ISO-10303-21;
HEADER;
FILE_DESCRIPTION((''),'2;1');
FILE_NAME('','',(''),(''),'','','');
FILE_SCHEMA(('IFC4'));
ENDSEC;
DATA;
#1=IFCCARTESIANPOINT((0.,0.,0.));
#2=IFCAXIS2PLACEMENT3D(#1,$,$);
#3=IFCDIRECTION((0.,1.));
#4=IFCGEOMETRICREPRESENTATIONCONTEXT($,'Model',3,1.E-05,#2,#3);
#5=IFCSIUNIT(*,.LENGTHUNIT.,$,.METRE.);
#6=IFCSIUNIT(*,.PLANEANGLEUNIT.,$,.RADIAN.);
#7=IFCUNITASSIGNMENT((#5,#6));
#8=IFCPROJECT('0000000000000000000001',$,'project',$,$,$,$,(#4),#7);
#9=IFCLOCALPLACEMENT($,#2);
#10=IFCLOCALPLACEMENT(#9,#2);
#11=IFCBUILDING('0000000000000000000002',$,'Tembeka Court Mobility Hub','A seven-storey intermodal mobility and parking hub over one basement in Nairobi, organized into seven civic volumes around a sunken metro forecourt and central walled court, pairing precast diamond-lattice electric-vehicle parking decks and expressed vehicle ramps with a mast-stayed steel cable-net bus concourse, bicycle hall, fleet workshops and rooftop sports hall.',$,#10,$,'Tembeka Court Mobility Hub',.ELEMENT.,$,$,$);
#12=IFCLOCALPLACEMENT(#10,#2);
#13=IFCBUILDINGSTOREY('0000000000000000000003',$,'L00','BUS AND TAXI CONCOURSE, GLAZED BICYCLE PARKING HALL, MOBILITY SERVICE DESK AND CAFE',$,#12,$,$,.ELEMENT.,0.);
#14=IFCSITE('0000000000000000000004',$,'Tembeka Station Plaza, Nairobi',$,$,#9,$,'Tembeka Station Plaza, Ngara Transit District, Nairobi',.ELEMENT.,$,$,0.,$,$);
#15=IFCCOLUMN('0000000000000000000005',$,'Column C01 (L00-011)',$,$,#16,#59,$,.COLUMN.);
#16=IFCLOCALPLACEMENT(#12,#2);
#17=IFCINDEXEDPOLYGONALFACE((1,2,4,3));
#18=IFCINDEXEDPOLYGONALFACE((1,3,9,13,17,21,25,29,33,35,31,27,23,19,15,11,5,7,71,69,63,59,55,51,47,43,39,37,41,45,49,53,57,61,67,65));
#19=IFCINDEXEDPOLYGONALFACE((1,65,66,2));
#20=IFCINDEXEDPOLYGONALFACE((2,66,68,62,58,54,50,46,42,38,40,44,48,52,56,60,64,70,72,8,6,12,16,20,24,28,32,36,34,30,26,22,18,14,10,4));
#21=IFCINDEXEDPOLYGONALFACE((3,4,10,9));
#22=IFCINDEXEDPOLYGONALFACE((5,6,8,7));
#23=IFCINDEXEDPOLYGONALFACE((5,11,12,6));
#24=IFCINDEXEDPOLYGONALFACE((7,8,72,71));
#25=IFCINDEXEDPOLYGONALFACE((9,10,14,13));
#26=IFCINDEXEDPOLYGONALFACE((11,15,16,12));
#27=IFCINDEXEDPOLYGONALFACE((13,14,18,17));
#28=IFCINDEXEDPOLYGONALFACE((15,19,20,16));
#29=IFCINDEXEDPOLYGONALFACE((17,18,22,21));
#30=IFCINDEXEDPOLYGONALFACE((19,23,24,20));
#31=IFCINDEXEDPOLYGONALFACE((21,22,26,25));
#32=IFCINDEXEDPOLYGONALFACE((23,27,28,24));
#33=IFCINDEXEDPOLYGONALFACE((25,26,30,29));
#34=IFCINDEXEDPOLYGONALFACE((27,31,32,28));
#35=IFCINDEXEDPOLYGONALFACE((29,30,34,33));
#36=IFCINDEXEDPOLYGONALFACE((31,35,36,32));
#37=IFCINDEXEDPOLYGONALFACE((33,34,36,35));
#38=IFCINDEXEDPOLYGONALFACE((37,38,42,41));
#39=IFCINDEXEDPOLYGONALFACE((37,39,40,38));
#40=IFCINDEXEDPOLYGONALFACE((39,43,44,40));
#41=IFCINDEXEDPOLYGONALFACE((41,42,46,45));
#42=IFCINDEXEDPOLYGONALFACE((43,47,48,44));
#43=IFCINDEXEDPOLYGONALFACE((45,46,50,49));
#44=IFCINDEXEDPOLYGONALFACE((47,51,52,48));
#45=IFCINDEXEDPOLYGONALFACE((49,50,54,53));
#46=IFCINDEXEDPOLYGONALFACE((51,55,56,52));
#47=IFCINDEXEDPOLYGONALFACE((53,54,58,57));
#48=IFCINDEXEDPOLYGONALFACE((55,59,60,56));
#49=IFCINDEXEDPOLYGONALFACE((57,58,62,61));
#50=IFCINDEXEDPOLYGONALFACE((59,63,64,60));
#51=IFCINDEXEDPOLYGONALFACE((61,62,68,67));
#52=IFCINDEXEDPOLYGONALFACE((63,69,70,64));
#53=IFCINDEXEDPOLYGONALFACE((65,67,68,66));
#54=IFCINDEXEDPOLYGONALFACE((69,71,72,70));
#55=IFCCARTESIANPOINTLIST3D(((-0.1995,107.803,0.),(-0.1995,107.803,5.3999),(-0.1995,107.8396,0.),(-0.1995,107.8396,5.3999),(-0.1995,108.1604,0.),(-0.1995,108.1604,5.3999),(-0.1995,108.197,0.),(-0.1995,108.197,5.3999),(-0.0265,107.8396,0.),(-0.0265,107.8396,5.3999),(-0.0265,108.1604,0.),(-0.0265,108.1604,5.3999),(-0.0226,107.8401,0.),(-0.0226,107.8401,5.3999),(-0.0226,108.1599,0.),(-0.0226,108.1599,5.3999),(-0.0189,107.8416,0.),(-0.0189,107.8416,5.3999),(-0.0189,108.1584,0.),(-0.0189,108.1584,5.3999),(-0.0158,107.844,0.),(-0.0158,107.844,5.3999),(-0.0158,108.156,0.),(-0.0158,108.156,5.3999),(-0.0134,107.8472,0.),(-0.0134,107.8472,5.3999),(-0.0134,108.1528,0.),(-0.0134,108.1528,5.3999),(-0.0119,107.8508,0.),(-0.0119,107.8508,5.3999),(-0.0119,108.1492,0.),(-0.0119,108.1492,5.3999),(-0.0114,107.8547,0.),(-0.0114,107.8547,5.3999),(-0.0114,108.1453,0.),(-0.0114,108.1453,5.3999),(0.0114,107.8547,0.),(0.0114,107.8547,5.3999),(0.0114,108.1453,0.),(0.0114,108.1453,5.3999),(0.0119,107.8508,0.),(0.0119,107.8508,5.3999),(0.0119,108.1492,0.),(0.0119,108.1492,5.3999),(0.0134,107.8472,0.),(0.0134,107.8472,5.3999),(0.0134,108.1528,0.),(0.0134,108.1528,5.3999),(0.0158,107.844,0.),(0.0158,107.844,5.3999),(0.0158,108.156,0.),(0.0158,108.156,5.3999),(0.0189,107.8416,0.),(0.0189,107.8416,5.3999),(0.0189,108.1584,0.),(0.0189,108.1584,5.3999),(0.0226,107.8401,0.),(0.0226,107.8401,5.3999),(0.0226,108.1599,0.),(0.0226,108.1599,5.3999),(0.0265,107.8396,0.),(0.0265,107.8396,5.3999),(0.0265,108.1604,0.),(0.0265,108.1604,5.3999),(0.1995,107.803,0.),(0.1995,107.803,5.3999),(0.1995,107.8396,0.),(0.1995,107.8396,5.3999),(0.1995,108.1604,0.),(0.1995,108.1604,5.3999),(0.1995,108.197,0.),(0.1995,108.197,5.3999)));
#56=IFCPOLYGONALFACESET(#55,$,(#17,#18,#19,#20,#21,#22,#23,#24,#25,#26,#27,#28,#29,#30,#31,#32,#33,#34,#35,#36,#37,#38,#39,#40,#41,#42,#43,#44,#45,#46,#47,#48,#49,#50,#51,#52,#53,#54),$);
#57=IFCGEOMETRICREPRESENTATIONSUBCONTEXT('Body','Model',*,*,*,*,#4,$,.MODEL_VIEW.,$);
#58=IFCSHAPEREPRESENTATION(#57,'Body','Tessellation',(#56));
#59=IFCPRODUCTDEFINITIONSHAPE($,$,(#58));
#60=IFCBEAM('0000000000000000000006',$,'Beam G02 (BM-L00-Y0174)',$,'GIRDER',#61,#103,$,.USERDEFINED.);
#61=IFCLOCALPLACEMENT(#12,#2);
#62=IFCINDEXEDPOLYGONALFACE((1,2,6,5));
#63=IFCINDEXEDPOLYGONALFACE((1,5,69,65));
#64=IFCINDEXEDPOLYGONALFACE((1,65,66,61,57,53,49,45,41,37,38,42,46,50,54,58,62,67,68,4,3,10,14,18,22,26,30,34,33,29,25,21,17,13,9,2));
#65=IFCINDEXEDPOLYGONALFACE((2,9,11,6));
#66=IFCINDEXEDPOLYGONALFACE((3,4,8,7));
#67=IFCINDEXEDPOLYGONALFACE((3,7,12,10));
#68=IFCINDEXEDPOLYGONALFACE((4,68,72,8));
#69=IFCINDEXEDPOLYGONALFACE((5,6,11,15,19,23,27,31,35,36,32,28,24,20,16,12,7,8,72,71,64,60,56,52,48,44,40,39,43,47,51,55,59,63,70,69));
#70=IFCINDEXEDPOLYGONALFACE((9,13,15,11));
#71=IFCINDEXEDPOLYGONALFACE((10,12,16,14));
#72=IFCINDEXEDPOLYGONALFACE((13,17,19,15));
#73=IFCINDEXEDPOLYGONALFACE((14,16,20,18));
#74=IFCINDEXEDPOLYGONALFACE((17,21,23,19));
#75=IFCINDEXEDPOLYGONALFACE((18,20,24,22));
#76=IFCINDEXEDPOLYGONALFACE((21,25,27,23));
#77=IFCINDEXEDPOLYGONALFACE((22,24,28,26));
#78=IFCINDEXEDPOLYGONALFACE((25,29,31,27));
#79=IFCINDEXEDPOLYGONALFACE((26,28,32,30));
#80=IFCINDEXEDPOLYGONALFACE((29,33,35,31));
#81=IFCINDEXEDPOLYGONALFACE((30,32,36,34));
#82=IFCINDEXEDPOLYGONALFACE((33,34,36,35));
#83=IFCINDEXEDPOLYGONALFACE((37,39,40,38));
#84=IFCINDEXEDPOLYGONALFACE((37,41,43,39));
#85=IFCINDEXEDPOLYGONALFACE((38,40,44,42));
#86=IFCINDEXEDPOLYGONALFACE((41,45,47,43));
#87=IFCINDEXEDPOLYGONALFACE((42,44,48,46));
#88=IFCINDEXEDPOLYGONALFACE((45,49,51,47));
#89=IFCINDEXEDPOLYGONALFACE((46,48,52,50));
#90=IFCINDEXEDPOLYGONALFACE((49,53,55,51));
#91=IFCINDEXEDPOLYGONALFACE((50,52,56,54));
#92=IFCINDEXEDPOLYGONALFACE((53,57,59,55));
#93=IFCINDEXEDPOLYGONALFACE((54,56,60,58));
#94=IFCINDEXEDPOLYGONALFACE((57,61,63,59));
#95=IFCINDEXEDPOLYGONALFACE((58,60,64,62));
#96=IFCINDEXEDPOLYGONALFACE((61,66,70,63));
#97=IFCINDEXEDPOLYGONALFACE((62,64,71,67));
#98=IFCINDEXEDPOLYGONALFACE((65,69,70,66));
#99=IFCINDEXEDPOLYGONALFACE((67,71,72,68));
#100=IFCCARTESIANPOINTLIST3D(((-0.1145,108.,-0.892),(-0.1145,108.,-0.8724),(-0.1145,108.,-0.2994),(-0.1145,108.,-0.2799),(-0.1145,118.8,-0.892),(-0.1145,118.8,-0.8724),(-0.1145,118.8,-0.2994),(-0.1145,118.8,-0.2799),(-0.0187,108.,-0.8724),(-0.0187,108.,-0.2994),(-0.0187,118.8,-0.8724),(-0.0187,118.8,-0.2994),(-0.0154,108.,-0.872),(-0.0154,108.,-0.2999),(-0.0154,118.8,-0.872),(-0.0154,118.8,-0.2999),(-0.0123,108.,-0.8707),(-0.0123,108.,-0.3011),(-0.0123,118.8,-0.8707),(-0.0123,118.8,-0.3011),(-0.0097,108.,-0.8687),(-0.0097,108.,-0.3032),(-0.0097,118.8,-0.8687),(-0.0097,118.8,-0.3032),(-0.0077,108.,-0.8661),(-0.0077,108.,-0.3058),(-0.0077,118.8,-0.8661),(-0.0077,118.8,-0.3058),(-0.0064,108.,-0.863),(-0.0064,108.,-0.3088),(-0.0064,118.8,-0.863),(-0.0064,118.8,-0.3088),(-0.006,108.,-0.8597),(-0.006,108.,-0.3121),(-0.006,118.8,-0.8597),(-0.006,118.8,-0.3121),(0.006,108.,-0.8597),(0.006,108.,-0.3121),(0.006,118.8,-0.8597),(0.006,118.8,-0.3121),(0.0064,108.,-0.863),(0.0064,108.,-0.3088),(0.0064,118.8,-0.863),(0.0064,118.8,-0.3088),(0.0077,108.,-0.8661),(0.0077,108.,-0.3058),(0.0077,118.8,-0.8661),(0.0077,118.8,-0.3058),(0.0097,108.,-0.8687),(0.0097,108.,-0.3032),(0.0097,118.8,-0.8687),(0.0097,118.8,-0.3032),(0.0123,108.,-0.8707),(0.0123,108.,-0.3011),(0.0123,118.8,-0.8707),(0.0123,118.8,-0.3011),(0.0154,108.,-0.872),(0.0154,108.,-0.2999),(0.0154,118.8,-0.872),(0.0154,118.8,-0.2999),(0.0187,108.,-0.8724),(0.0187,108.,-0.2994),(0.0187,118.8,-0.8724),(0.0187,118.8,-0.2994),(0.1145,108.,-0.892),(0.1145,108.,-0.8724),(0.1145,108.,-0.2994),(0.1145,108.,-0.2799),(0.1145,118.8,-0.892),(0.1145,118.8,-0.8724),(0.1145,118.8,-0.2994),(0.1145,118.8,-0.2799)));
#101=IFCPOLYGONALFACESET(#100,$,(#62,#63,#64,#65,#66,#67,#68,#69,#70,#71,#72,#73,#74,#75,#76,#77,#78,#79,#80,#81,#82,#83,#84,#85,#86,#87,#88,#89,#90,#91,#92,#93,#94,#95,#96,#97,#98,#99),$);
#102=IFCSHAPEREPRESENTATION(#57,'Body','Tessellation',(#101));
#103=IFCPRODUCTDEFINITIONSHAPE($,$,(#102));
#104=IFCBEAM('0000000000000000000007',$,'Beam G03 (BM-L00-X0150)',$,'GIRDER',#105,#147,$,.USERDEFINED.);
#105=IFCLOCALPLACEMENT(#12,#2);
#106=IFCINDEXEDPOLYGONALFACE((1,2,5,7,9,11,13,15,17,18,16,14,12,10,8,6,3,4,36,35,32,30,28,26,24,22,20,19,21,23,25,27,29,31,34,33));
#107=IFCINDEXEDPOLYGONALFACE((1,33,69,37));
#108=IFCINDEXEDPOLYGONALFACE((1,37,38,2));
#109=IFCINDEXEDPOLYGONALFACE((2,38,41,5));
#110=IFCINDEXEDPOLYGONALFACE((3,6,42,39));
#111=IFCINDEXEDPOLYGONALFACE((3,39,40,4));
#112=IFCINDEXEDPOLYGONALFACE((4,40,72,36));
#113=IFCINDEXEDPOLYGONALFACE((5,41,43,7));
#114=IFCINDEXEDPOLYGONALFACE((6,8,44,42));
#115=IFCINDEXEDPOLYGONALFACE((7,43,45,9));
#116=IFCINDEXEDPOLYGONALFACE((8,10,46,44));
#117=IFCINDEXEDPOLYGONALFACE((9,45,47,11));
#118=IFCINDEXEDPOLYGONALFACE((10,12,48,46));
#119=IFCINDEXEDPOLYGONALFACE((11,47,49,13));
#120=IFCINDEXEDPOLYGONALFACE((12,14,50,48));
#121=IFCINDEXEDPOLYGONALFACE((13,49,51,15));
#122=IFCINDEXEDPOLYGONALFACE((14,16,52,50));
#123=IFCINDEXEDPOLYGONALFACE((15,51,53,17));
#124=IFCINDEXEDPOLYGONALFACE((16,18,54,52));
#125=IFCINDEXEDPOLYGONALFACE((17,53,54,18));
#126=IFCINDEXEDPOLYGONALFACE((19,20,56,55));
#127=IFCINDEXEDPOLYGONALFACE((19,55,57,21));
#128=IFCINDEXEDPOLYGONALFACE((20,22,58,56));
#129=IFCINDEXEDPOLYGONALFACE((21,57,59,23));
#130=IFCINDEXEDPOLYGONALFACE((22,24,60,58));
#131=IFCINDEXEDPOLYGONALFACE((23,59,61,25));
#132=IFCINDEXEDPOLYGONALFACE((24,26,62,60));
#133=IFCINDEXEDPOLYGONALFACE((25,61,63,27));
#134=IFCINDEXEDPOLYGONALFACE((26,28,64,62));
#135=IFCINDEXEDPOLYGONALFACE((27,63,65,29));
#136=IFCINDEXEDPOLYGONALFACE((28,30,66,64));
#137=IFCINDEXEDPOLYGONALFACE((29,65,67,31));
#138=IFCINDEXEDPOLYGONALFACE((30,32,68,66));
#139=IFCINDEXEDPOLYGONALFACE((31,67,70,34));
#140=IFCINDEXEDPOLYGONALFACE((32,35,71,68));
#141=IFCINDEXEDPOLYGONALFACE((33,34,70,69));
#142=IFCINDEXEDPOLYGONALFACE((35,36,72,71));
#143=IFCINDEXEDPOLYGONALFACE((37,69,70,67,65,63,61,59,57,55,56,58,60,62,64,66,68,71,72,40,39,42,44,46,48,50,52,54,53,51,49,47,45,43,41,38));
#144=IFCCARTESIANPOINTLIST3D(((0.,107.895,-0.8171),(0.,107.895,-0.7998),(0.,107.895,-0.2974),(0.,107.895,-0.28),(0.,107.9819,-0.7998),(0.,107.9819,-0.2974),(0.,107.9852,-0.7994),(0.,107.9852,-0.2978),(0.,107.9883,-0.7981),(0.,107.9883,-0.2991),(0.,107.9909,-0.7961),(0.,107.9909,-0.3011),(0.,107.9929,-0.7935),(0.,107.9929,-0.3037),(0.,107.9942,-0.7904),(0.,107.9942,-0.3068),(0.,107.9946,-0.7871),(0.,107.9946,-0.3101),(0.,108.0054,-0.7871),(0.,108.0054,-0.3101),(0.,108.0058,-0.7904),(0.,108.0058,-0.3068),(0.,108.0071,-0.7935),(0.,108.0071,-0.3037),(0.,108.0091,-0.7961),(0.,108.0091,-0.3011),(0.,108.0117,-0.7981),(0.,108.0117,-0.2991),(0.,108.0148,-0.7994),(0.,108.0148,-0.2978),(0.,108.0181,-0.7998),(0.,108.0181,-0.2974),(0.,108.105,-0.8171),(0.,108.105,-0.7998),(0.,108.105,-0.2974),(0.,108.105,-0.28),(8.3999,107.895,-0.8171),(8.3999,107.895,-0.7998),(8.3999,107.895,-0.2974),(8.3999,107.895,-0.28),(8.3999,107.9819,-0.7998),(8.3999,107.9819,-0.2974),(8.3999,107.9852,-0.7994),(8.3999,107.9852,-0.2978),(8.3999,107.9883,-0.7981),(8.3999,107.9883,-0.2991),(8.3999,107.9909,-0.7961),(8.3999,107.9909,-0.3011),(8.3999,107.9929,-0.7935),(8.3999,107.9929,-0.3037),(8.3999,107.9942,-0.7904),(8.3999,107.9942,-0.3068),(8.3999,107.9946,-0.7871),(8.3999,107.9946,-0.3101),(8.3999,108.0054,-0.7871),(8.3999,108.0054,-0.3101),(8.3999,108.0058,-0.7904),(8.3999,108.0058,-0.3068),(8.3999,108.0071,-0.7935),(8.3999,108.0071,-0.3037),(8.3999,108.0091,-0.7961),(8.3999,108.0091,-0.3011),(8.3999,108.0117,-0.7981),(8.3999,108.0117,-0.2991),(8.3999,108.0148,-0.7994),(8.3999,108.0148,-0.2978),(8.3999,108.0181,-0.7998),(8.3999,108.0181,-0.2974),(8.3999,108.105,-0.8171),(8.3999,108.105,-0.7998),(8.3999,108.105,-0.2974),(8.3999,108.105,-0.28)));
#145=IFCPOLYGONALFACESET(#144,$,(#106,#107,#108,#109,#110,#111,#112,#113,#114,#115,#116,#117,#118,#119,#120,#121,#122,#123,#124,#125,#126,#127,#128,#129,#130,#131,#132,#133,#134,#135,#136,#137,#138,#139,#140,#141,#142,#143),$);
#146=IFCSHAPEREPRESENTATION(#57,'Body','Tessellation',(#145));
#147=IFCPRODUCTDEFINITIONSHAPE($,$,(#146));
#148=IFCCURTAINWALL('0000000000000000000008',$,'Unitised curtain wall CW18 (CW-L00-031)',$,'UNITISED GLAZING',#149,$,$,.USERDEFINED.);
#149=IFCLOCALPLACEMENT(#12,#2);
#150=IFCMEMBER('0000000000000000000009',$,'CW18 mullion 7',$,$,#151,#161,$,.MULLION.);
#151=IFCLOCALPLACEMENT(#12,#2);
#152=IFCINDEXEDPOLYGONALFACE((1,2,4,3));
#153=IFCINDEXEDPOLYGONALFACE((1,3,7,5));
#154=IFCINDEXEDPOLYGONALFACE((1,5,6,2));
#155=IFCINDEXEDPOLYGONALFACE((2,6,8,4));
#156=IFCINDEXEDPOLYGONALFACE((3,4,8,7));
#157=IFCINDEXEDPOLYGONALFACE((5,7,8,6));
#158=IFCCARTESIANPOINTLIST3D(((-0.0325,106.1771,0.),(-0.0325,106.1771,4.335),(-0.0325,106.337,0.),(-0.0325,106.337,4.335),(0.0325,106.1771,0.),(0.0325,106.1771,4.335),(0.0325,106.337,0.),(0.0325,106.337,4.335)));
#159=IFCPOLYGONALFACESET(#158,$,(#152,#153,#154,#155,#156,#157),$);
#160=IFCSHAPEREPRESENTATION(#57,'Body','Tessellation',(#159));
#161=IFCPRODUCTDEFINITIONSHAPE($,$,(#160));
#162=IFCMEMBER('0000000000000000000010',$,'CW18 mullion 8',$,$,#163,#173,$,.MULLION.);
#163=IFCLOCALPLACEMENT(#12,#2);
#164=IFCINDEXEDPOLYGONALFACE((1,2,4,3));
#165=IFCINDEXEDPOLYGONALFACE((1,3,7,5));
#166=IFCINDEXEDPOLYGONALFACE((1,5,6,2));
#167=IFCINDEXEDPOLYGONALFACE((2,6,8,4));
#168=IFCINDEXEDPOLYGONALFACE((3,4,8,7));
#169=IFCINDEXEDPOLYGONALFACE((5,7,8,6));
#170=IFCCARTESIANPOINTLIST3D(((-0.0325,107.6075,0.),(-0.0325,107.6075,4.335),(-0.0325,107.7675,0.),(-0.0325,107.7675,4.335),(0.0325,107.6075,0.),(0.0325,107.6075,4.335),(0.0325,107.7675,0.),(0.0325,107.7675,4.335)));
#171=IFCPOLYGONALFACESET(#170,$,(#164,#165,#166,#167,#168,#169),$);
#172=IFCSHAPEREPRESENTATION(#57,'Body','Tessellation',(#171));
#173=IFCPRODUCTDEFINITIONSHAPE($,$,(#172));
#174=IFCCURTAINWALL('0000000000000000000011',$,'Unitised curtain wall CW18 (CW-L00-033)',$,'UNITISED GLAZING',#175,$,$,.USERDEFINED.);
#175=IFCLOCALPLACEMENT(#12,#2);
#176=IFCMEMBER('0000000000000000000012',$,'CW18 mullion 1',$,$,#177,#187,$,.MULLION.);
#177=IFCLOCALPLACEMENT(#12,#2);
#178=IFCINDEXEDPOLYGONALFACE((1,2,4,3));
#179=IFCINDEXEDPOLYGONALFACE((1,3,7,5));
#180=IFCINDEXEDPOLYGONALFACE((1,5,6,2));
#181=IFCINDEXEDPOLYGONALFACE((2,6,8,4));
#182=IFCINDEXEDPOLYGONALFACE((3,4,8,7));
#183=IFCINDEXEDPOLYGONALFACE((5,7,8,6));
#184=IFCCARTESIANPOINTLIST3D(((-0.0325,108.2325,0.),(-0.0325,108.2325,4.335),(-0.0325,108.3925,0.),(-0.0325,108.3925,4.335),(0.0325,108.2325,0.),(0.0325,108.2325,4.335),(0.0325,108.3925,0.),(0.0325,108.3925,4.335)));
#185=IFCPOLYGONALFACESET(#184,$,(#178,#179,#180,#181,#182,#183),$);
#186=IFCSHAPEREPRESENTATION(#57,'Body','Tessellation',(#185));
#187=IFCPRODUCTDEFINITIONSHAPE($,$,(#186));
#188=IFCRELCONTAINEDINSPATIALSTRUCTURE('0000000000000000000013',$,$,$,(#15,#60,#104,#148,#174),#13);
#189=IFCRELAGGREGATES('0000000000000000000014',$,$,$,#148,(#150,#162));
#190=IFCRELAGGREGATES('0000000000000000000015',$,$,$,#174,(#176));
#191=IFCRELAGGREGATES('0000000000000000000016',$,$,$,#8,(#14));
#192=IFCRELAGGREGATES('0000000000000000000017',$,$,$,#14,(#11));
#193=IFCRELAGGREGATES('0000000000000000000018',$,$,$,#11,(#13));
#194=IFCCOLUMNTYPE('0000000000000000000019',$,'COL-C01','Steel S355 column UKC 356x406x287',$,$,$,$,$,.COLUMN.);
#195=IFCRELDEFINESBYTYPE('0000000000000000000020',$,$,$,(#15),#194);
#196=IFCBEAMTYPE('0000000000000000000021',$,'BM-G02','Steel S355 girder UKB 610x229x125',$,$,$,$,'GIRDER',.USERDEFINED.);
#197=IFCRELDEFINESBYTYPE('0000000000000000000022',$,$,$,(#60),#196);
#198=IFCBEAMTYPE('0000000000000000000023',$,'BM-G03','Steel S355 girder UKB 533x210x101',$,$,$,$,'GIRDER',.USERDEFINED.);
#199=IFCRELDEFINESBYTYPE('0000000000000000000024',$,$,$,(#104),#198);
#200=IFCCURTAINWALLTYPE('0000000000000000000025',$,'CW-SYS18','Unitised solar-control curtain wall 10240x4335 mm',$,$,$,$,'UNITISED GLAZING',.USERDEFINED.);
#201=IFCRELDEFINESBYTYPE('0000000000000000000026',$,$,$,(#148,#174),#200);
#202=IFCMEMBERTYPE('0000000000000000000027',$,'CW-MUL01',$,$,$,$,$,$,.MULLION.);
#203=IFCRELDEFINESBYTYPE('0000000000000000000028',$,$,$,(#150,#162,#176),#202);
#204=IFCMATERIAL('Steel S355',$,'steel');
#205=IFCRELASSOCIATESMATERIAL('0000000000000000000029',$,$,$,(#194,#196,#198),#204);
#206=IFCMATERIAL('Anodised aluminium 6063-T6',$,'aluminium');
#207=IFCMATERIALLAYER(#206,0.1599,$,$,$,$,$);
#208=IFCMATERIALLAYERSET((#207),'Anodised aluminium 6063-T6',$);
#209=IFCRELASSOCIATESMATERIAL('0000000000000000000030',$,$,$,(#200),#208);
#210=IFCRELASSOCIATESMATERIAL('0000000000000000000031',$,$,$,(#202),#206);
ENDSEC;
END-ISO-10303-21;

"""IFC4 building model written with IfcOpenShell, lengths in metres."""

from ifc_helpers import new_model, si_unit, direction, frame, origin, origin_2d, place, context, subcontext, project, spatial, rectangle, i_section, extrude, material, layer, layer_set, material_profile, profile_set, type_object, element, aggregate, save


model = new_model("IFC4")

# Units and contexts
model_context = context("Model", 3, precision=1e-05, world=origin(), true_north=direction((0.0, 1.0)))
body_context = subcontext(model_context, "Body", "Model", "MODEL_VIEW")
ifc_project = project(units=[si_unit("LENGTHUNIT", "METRE"), si_unit("PLANEANGLEUNIT", "RADIAN")], contexts=[model_context])

# Site, building, storey
site_placement = place(None, origin())
site = spatial("IfcSite", under=ifc_project, at=site_placement, Name="Tembeka Station Plaza, Nairobi", LongName="Tembeka Station Plaza, Ngara Transit District, Nairobi", CompositionType="ELEMENT", RefElevation=0.0)
building_placement = place(site_placement, origin())
building = spatial("IfcBuilding", under=site, at=building_placement, Name="Tembeka Court Mobility Hub", Description="A seven-storey intermodal mobility and parking hub over one basement in Nairobi, organized into seven civic volumes around a sunken metro forecourt and central walled court, pairing precast diamond-lattice electric-vehicle parking decks and expressed vehicle ramps with a mast-stayed steel cable-net bus concourse, bicycle hall, fleet workshops and rooftop sports hall.", LongName="Tembeka Court Mobility Hub", CompositionType="ELEMENT")
storey_placement = place(building_placement, origin())
storey = spatial("IfcBuildingStorey", under=building, at=storey_placement, Name="L00", Description="BUS AND TAXI CONCOURSE, GLAZED BICYCLE PARKING HALL, MOBILITY SERVICE DESK AND CAFE", CompositionType="ELEMENT", Elevation=0.0)

# Column
ifc_material_1 = material(Name="Steel S355", Category="steel")
ifc_material_profile_1 = material_profile(ifc_material_1, i_section(OverallWidth=0.3989, OverallDepth=0.394, WebThickness=0.0227, FlangeThickness=0.0366, FilletRadius=0.0151, at=origin_2d()), Name="UKC 356x406x287")
ifc_profile_set_1 = profile_set([ifc_material_profile_1], Name="Steel S355")
column_type = type_object("IfcColumnType", Name="COL-C01", Description="Steel S355 column UKC 356x406x287", PredefinedType="COLUMN", material=ifc_profile_set_1)
column_placement = place(storey_placement, frame((0.0, 108.0, 0.0), z_axis=(0.0, 0.0, 1.0), x_axis=(1.0, 0.0, 0.0)))
element("IfcColumn", 1, at=column_placement, inside=storey, type_object=column_type, Name="Column C01 (L00-011)", PredefinedType="COLUMN", context=body_context, shape_type="SweptSolid", body=[
    extrude(i_section(OverallWidth=0.3989, OverallDepth=0.394, WebThickness=0.0227, FlangeThickness=0.0366, FilletRadius=0.0151, at=origin_2d()), origin(), (0.0, 0.0, 1.0), 5.3999),
])

# Beams
ifc_material_profile_2 = material_profile(ifc_material_1, i_section(OverallWidth=0.229, OverallDepth=0.6121, WebThickness=0.012, FlangeThickness=0.0195, FilletRadius=0.0127, at=origin_2d()), Name="UKB 610x229x125")
ifc_profile_set_2 = profile_set([ifc_material_profile_2], Name="Steel S355")
beam_type_1 = type_object("IfcBeamType", Name="BM-G02", Description="Steel S355 girder UKB 610x229x125", ElementType="GIRDER", PredefinedType="USERDEFINED", material=ifc_profile_set_2)
beam_1_placement = place(storey_placement, frame((0.0, 108.0, -0.5859), z_axis=(0.0, 1.0, 0.0), x_axis=(-1.0, 0.0, 0.0)))
element("IfcBeam", 2, at=beam_1_placement, inside=storey, type_object=beam_type_1, Name="Beam G02 (BM-L00-Y0174)", ObjectType="GIRDER", PredefinedType="USERDEFINED", context=body_context, shape_type="SweptSolid", body=[
    extrude(i_section(OverallWidth=0.229, OverallDepth=0.6121, WebThickness=0.012, FlangeThickness=0.0195, FilletRadius=0.0127, at=origin_2d()), origin(), (0.0, 0.0, 1.0), 10.8),
])
ifc_material_profile_3 = material_profile(ifc_material_1, i_section(OverallWidth=0.21, OverallDepth=0.5371, WebThickness=0.0107, FlangeThickness=0.0173, FilletRadius=0.0127, at=origin_2d()), Name="UKB 533x210x101")
ifc_profile_set_3 = profile_set([ifc_material_profile_3], Name="Steel S355")
beam_type_2 = type_object("IfcBeamType", Name="BM-G03", Description="Steel S355 girder UKB 533x210x101", ElementType="GIRDER", PredefinedType="USERDEFINED", material=ifc_profile_set_3)
beam_2_placement = place(storey_placement, frame((0.0, 108.0, -0.5486), z_axis=(1.0, 0.0, 0.0), x_axis=(0.0, 1.0, 0.0)))
element("IfcBeam", 3, at=beam_2_placement, inside=storey, type_object=beam_type_2, Name="Beam G03 (BM-L00-X0150)", ObjectType="GIRDER", PredefinedType="USERDEFINED", context=body_context, shape_type="SweptSolid", body=[
    extrude(i_section(OverallWidth=0.21, OverallDepth=0.5371, WebThickness=0.0107, FlangeThickness=0.0173, FilletRadius=0.0127, at=origin_2d()), origin(), (0.0, 0.0, 1.0), 8.3999),
])

# Curtain walls, members
ifc_material_2 = material(Name="Anodised aluminium 6063-T6", Category="aluminium")
ifc_layer_1 = layer(ifc_material_2, 0.1599)
ifc_layer_set_1 = layer_set([ifc_layer_1], Name="Anodised aluminium 6063-T6")
curtain_wall_type = type_object("IfcCurtainWallType", Name="CW-SYS18", Description="Unitised solar-control curtain wall 10240x4335 mm", ElementType="UNITISED GLAZING", PredefinedType="USERDEFINED", material=ifc_layer_set_1)
curtain_wall_1_placement = place(storey_placement, origin())
curtain_wall_1 = element("IfcCurtainWall", 4, at=curtain_wall_1_placement, inside=storey, type_object=curtain_wall_type, Name="Unitised curtain wall CW18 (CW-L00-031)", ObjectType="UNITISED GLAZING", PredefinedType="USERDEFINED")
ifc_material_profile_4 = material_profile(ifc_material_2, rectangle(XDim=0.0649, YDim=0.1599, at=origin_2d()), Name="ALU-MUL 65x160")
ifc_profile_set_4 = profile_set([ifc_material_profile_4], Name="Anodised aluminium 6063-T6")
member_type_1 = type_object("IfcMemberType", Name="CW-MUL01", PredefinedType="MULLION", material=ifc_profile_set_4)
member_1_placement = place(storey_placement, frame((0.0, 106.2571, 0.0), z_axis=(0.0, 0.0, 1.0), x_axis=(-1.0, 0.0, 0.0)))
member_1 = element("IfcMember", 5, at=member_1_placement, type_object=member_type_1, Name="CW18 mullion 7", PredefinedType="MULLION", context=body_context, shape_type="SweptSolid", body=[
    extrude(rectangle(XDim=0.0649, YDim=0.1599, at=origin_2d()), origin(), (0.0, 0.0, 1.0), 4.335),
])
member_2_placement = place(storey_placement, frame((0.0, 107.6875, 0.0), z_axis=(0.0, 0.0, 1.0), x_axis=(-1.0, 0.0, 0.0)))
member_2 = element("IfcMember", 6, at=member_2_placement, type_object=member_type_1, Name="CW18 mullion 8", PredefinedType="MULLION", context=body_context, shape_type="SweptSolid", body=[
    extrude(rectangle(XDim=0.0649, YDim=0.1599, at=origin_2d()), origin(), (0.0, 0.0, 1.0), 4.335),
])
curtain_wall_2_placement = place(storey_placement, origin())
curtain_wall_2 = element("IfcCurtainWall", 7, at=curtain_wall_2_placement, inside=storey, type_object=curtain_wall_type, Name="Unitised curtain wall CW18 (CW-L00-033)", ObjectType="UNITISED GLAZING", PredefinedType="USERDEFINED")
member_3_placement = place(storey_placement, frame((0.0, 108.3125, 0.0), z_axis=(0.0, 0.0, 1.0), x_axis=(-1.0, 0.0, 0.0)))
member_3 = element("IfcMember", 8, at=member_3_placement, type_object=member_type_1, Name="CW18 mullion 1", PredefinedType="MULLION", context=body_context, shape_type="SweptSolid", body=[
    extrude(rectangle(XDim=0.0649, YDim=0.1599, at=origin_2d()), origin(), (0.0, 0.0, 1.0), 4.335),
])

aggregate(curtain_wall_1, [member_1, member_2])
aggregate(curtain_wall_2, [member_3])

save(model, "model.ifc")
